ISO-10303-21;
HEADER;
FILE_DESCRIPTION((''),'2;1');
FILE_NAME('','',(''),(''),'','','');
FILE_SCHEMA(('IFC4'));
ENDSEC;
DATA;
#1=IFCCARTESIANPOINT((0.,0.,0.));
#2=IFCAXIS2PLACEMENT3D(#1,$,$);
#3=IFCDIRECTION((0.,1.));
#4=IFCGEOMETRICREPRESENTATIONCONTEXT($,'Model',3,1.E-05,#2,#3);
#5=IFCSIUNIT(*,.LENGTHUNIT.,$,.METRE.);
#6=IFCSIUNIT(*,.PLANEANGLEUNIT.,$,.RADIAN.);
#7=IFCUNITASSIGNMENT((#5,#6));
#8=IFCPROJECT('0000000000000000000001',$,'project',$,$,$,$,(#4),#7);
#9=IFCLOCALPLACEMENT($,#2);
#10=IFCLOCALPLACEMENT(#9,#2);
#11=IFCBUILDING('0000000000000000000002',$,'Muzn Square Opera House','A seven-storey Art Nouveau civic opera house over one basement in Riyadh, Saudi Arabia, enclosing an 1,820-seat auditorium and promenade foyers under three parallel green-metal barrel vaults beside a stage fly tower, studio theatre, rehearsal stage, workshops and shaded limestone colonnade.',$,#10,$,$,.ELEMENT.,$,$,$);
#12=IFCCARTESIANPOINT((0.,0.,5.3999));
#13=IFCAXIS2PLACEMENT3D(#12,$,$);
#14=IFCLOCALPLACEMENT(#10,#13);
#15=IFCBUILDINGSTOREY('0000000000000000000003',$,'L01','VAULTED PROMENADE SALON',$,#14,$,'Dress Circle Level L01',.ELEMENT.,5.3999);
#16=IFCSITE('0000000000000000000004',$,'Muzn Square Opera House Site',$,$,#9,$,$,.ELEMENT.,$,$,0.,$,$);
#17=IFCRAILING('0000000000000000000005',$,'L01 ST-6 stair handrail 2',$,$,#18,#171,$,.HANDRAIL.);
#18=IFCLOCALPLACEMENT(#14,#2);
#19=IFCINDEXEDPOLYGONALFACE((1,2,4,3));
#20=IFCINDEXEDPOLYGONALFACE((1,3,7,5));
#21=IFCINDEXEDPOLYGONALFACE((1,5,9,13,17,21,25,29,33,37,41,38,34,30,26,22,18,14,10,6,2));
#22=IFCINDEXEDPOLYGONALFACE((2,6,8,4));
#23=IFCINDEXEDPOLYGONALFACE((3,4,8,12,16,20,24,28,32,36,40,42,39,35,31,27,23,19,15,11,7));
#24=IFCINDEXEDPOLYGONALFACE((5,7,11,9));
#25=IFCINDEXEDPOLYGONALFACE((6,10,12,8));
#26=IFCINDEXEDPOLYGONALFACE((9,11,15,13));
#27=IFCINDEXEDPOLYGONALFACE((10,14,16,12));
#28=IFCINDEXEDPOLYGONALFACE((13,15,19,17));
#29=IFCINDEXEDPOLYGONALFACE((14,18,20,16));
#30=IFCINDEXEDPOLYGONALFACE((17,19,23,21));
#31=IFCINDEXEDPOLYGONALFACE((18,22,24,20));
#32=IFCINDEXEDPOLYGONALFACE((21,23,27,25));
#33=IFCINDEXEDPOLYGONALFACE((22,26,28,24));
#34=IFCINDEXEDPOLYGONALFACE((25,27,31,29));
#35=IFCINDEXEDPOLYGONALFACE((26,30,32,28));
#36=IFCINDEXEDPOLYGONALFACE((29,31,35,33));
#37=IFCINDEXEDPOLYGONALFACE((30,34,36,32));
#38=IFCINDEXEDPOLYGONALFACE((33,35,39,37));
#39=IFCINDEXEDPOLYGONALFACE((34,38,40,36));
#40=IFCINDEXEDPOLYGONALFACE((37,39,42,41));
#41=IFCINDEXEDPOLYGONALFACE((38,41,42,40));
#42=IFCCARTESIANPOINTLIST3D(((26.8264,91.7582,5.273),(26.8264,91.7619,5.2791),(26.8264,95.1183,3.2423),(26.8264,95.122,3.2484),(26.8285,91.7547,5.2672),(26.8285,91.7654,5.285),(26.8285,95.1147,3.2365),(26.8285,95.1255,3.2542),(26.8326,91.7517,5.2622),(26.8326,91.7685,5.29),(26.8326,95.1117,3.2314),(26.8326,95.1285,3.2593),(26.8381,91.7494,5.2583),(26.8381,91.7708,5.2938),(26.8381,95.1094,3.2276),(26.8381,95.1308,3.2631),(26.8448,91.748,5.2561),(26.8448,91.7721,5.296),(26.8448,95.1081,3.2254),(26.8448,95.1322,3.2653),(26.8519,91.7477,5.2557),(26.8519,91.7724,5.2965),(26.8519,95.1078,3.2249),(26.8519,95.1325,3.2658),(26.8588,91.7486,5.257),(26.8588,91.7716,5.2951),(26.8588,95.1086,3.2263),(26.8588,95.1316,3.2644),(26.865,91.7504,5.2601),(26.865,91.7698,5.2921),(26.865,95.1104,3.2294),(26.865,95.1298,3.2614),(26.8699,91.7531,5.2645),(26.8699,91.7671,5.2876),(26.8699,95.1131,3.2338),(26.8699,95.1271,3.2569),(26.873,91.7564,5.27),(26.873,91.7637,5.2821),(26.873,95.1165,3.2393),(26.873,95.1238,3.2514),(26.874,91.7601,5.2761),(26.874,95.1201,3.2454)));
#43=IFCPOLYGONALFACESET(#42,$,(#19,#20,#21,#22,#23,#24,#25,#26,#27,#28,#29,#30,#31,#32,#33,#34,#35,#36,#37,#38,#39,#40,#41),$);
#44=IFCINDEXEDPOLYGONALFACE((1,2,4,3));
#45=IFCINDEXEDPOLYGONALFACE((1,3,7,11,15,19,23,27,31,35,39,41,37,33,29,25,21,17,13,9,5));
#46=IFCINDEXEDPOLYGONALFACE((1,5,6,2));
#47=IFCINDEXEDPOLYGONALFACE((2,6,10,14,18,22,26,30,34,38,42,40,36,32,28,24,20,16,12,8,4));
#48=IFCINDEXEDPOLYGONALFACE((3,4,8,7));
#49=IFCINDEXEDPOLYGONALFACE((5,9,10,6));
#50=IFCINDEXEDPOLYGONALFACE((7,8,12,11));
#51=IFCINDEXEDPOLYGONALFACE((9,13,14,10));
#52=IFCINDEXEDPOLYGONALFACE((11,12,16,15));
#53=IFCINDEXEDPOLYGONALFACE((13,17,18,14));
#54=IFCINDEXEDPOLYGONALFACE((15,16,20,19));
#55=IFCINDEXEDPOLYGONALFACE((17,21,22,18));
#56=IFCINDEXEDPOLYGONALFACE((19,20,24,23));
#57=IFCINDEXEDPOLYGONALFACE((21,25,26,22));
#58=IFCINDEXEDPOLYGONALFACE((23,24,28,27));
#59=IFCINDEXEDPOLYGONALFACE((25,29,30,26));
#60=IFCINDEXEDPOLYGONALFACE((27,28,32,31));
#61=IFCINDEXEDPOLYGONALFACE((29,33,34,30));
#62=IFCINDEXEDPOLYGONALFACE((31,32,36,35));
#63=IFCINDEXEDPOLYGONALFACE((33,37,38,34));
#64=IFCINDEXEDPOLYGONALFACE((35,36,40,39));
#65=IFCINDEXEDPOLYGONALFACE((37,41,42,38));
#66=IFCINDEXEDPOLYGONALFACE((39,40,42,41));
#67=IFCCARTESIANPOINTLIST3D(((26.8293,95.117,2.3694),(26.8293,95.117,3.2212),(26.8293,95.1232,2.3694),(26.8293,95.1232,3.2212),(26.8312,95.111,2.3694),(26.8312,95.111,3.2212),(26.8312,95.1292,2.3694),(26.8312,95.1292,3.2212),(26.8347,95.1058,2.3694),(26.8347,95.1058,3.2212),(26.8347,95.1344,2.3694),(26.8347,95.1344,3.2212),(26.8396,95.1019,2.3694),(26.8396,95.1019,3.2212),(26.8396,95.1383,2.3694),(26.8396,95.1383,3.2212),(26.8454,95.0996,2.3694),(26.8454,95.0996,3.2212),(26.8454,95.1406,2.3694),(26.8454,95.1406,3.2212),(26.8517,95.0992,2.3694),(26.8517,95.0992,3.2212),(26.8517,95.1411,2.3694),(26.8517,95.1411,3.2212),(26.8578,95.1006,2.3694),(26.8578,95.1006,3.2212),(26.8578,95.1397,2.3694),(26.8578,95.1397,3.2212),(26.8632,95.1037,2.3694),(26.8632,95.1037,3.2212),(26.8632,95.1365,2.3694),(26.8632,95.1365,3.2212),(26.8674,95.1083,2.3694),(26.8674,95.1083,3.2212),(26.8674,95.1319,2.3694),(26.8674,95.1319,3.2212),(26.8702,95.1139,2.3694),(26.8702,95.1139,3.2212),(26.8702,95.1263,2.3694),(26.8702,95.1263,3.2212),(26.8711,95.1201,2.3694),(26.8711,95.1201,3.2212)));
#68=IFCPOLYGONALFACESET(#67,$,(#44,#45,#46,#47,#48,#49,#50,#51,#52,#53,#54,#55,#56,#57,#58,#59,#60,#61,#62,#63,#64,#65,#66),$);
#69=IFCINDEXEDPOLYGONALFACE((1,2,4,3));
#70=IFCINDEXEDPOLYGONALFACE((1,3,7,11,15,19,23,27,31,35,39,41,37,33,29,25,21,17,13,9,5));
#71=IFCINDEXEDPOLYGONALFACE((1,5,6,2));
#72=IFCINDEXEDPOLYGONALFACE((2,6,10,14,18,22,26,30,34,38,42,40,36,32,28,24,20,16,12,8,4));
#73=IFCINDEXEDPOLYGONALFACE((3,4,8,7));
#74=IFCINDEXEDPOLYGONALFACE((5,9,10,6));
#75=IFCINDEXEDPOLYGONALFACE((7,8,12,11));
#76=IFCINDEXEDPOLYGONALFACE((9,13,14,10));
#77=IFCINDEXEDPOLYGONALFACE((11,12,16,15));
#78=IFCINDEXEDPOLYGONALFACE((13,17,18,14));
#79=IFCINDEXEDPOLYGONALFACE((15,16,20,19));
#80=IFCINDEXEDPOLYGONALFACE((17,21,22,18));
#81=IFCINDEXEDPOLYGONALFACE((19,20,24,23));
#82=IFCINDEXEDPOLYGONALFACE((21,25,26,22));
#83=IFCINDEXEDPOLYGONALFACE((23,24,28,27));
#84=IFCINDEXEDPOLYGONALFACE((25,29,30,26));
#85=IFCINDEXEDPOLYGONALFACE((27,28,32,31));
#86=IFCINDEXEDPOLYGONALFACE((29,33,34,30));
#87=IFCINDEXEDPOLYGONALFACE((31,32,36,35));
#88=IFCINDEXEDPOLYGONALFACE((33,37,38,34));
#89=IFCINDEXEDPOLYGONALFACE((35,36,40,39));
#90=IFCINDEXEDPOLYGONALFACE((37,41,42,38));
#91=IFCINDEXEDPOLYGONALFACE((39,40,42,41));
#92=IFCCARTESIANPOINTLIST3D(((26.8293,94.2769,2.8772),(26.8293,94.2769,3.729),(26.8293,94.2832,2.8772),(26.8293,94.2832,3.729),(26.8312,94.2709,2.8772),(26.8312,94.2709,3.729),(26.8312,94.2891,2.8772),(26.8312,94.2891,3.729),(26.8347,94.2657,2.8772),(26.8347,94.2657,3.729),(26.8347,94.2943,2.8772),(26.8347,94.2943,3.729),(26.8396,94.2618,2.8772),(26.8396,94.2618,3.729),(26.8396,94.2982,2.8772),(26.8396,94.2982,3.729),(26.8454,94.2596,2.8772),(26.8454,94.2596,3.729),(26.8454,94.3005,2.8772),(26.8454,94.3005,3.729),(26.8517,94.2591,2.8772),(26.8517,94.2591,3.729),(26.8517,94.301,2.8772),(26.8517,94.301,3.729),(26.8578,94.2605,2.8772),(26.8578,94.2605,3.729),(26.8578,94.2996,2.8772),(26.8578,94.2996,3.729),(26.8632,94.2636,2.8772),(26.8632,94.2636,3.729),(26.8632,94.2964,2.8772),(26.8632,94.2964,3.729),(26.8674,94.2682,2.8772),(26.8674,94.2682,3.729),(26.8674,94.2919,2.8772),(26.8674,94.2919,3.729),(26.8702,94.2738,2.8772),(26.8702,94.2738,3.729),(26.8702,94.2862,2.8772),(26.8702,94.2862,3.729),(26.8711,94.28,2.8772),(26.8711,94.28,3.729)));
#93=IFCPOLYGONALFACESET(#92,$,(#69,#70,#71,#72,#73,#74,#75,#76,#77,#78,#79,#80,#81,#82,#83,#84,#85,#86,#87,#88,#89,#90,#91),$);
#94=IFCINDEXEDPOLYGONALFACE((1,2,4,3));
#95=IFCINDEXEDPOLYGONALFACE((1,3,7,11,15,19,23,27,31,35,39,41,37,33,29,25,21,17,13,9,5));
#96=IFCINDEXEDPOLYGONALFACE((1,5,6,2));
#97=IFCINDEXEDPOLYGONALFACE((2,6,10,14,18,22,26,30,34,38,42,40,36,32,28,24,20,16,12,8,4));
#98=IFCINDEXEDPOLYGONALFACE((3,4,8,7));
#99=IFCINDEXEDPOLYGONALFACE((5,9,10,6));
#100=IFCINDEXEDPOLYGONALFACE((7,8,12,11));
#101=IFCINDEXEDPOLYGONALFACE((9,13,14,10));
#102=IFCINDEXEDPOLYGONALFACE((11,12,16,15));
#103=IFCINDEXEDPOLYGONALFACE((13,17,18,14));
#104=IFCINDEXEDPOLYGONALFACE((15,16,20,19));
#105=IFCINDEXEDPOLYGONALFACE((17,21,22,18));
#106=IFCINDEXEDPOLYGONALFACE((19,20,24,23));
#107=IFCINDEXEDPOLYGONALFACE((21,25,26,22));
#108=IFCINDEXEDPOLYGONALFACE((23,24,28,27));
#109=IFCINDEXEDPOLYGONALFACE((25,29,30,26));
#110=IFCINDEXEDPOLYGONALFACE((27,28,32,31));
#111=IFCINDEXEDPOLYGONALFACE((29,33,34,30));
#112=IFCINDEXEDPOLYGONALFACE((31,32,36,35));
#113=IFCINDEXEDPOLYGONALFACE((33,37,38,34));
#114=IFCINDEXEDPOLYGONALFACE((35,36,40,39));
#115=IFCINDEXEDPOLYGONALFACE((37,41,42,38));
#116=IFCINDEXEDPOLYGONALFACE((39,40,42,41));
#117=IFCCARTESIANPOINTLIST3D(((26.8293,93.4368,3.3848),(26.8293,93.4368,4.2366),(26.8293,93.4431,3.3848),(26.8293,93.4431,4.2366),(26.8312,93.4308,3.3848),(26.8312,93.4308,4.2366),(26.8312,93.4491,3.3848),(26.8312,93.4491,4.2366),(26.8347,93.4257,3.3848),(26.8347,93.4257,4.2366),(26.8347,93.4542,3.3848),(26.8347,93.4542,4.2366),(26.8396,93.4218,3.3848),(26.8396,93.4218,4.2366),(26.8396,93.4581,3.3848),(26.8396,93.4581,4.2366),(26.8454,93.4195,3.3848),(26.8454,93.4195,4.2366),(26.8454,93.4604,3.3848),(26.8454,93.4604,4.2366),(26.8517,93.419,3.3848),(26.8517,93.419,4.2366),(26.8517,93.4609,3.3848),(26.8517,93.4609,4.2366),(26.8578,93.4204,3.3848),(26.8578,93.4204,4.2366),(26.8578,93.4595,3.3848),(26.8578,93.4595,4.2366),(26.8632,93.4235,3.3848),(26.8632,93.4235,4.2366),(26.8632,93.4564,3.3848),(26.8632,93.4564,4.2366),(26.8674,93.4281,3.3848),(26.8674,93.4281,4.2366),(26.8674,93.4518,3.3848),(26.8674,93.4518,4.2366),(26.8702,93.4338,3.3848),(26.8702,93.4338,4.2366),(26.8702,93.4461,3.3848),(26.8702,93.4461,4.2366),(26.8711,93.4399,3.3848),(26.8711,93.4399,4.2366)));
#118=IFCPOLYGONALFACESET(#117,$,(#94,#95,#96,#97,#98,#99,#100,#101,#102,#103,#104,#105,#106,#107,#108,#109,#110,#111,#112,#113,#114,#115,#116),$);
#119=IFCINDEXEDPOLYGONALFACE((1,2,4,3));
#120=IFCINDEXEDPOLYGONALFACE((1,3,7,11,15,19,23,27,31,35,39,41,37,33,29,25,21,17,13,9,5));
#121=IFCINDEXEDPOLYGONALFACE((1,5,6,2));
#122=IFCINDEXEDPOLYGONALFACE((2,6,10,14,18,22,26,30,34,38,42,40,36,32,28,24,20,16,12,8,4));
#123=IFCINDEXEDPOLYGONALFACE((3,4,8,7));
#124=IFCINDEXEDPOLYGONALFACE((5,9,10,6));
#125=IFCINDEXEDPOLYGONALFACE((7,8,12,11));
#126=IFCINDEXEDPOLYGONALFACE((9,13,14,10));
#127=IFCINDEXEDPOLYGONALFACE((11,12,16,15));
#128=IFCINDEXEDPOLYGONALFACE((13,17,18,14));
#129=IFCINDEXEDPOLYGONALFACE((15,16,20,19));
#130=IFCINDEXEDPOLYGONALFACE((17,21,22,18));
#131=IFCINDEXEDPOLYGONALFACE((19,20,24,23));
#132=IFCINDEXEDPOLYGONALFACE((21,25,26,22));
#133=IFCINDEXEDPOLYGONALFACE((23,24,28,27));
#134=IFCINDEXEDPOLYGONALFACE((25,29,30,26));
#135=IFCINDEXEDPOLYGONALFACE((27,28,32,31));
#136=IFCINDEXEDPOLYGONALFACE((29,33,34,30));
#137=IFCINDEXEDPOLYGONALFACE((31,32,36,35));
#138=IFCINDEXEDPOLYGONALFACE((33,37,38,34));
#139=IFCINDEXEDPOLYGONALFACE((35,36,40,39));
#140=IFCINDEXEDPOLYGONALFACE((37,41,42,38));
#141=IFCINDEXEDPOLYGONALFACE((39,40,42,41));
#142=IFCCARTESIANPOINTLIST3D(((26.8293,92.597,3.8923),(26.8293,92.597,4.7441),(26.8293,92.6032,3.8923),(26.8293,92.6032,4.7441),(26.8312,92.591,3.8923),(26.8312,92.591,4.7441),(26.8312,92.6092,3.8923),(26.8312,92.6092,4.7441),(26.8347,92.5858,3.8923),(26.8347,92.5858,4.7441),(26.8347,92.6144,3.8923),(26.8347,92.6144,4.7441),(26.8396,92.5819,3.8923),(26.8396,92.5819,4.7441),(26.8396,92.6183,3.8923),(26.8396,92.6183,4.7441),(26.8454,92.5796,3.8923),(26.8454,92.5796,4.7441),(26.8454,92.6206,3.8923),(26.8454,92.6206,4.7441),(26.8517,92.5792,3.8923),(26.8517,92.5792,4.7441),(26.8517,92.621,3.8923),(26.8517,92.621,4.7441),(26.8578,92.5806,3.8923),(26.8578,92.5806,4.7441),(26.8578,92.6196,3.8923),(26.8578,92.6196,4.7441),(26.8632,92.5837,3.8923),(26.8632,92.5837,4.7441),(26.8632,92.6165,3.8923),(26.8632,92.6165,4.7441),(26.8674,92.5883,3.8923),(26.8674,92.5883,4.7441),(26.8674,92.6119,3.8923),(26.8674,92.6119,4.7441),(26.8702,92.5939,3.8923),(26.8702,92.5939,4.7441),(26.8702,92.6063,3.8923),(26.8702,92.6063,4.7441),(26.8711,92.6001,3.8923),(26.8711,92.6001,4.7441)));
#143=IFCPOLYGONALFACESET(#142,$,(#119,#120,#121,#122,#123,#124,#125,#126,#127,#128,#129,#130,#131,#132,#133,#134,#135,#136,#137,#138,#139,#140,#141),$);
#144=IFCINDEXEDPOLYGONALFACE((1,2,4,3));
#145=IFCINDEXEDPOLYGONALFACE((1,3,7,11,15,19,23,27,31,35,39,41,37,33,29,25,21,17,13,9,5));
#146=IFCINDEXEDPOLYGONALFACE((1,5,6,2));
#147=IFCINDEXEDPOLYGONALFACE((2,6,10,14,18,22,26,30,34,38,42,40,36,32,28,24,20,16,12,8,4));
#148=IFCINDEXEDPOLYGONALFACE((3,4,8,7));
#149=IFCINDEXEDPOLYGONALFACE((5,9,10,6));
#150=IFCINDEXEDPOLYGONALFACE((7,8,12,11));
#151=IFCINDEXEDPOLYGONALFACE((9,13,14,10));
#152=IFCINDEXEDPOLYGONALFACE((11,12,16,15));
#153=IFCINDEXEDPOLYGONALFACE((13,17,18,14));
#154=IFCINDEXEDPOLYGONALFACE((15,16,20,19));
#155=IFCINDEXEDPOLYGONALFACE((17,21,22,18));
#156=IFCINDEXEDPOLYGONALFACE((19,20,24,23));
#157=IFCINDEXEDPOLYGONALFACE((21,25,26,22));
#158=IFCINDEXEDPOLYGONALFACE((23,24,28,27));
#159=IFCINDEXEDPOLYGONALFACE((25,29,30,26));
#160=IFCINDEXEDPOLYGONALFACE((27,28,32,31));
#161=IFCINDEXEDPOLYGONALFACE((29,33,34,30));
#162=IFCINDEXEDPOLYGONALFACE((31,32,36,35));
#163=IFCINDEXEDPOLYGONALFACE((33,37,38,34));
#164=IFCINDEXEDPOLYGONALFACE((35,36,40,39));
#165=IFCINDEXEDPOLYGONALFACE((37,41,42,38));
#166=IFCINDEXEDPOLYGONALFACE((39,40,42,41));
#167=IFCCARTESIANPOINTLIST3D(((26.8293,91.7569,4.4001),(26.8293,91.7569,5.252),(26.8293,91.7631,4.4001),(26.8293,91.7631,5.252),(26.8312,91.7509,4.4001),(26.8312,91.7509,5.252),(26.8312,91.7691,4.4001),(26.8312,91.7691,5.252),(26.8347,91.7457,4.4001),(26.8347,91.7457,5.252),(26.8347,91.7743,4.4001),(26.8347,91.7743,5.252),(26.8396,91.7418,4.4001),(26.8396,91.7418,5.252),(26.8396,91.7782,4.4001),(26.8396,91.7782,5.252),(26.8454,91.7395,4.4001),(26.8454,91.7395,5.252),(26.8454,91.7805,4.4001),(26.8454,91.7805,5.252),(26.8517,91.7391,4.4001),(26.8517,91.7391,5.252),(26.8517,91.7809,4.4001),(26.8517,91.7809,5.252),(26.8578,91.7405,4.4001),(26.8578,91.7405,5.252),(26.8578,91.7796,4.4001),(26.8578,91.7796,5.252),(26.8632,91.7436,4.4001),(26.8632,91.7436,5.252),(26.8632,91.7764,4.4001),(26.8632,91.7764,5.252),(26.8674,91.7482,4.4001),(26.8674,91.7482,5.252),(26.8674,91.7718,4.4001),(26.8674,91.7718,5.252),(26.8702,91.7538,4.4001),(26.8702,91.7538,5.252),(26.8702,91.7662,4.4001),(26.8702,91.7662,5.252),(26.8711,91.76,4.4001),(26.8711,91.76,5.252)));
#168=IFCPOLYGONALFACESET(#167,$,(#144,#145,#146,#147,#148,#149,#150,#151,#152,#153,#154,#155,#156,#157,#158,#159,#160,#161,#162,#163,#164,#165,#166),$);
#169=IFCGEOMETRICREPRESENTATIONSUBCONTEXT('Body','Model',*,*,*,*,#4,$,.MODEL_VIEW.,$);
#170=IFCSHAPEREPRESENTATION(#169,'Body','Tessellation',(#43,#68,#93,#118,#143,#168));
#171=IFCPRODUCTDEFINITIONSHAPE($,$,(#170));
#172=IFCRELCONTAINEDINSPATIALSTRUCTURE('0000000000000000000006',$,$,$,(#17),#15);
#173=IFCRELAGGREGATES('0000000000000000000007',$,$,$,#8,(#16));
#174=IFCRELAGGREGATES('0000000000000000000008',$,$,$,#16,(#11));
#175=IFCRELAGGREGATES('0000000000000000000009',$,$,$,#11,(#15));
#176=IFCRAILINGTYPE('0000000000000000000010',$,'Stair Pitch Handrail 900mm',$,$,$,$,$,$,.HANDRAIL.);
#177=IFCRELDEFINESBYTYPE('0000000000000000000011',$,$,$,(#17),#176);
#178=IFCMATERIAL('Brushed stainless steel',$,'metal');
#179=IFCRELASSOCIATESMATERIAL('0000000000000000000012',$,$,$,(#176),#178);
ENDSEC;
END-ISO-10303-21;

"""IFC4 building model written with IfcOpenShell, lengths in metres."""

from ifc_helpers import new_model, si_unit, direction, frame, origin, origin_2d, place, context, subcontext, project, spatial, circle, extrude, material, type_object, element, save


model = new_model("IFC4")

# Units and contexts
model_context = context("Model", 3, precision=1e-05, world=origin(), true_north=direction((0.0, 1.0)))
body_context = subcontext(model_context, "Body", "Model", "MODEL_VIEW")
ifc_project = project(units=[si_unit("LENGTHUNIT", "METRE"), si_unit("PLANEANGLEUNIT", "RADIAN")], contexts=[model_context])

# Site, building, storey
site_placement = place(None, origin())
site = spatial("IfcSite", under=ifc_project, at=site_placement, Name="Muzn Square Opera House Site", CompositionType="ELEMENT", RefElevation=0.0)
building_placement = place(site_placement, origin())
building = spatial("IfcBuilding", under=site, at=building_placement, Name="Muzn Square Opera House", Description="A seven-storey Art Nouveau civic opera house over one basement in Riyadh, Saudi Arabia, enclosing an 1,820-seat auditorium and promenade foyers under three parallel green-metal barrel vaults beside a stage fly tower, studio theatre, rehearsal stage, workshops and shaded limestone colonnade.", CompositionType="ELEMENT")
storey_placement = place(building_placement, frame((0.0, 0.0, 5.3999)))
storey = spatial("IfcBuildingStorey", under=building, at=storey_placement, Name="L01", Description="VAULTED PROMENADE SALON", LongName="Dress Circle Level L01", CompositionType="ELEMENT", Elevation=5.3999)

# Railing
ifc_material_1 = material(Name="Brushed stainless steel", Category="metal")
railing_type_1 = type_object("IfcRailingType", Name="Stair Pitch Handrail 900mm", PredefinedType="HANDRAIL", material=ifc_material_1)
railing_1_placement = place(storey_placement, frame((26.8501, 95.1201, 2.3694)))
element("IfcRailing", 1, at=railing_1_placement, inside=storey, type_object=railing_type_1, Name="L01 ST-6 stair handrail 2", PredefinedType="HANDRAIL", context=body_context, shape_type="SweptSolid", body=[
    extrude(circle(Radius=0.0239, at=origin_2d()), frame((0.0, 0.0, 0.876), z_axis=(0.0, -0.855837, 0.517246), x_axis=(1.0, 0.0, 0.0)), (0.0, 0.0, 1.0), 3.926),
    extrude(circle(Radius=0.021, at=origin_2d()), origin(), (0.0, 0.0, 1.0), 0.8518),
    extrude(circle(Radius=0.021, at=origin_2d()), frame((0.0, -0.8401, 0.5078)), (0.0, 0.0, 1.0), 0.8518),
    extrude(circle(Radius=0.021, at=origin_2d()), frame((0.0, -1.6802, 1.0154)), (0.0, 0.0, 1.0), 0.8518),
    extrude(circle(Radius=0.021, at=origin_2d()), frame((0.0, -2.52, 1.5229)), (0.0, 0.0, 1.0), 0.8518),
    extrude(circle(Radius=0.021, at=origin_2d()), frame((0.0, -3.3601, 2.0308)), (0.0, 0.0, 1.0), 0.8518),
])

save(model, "model.ifc")
